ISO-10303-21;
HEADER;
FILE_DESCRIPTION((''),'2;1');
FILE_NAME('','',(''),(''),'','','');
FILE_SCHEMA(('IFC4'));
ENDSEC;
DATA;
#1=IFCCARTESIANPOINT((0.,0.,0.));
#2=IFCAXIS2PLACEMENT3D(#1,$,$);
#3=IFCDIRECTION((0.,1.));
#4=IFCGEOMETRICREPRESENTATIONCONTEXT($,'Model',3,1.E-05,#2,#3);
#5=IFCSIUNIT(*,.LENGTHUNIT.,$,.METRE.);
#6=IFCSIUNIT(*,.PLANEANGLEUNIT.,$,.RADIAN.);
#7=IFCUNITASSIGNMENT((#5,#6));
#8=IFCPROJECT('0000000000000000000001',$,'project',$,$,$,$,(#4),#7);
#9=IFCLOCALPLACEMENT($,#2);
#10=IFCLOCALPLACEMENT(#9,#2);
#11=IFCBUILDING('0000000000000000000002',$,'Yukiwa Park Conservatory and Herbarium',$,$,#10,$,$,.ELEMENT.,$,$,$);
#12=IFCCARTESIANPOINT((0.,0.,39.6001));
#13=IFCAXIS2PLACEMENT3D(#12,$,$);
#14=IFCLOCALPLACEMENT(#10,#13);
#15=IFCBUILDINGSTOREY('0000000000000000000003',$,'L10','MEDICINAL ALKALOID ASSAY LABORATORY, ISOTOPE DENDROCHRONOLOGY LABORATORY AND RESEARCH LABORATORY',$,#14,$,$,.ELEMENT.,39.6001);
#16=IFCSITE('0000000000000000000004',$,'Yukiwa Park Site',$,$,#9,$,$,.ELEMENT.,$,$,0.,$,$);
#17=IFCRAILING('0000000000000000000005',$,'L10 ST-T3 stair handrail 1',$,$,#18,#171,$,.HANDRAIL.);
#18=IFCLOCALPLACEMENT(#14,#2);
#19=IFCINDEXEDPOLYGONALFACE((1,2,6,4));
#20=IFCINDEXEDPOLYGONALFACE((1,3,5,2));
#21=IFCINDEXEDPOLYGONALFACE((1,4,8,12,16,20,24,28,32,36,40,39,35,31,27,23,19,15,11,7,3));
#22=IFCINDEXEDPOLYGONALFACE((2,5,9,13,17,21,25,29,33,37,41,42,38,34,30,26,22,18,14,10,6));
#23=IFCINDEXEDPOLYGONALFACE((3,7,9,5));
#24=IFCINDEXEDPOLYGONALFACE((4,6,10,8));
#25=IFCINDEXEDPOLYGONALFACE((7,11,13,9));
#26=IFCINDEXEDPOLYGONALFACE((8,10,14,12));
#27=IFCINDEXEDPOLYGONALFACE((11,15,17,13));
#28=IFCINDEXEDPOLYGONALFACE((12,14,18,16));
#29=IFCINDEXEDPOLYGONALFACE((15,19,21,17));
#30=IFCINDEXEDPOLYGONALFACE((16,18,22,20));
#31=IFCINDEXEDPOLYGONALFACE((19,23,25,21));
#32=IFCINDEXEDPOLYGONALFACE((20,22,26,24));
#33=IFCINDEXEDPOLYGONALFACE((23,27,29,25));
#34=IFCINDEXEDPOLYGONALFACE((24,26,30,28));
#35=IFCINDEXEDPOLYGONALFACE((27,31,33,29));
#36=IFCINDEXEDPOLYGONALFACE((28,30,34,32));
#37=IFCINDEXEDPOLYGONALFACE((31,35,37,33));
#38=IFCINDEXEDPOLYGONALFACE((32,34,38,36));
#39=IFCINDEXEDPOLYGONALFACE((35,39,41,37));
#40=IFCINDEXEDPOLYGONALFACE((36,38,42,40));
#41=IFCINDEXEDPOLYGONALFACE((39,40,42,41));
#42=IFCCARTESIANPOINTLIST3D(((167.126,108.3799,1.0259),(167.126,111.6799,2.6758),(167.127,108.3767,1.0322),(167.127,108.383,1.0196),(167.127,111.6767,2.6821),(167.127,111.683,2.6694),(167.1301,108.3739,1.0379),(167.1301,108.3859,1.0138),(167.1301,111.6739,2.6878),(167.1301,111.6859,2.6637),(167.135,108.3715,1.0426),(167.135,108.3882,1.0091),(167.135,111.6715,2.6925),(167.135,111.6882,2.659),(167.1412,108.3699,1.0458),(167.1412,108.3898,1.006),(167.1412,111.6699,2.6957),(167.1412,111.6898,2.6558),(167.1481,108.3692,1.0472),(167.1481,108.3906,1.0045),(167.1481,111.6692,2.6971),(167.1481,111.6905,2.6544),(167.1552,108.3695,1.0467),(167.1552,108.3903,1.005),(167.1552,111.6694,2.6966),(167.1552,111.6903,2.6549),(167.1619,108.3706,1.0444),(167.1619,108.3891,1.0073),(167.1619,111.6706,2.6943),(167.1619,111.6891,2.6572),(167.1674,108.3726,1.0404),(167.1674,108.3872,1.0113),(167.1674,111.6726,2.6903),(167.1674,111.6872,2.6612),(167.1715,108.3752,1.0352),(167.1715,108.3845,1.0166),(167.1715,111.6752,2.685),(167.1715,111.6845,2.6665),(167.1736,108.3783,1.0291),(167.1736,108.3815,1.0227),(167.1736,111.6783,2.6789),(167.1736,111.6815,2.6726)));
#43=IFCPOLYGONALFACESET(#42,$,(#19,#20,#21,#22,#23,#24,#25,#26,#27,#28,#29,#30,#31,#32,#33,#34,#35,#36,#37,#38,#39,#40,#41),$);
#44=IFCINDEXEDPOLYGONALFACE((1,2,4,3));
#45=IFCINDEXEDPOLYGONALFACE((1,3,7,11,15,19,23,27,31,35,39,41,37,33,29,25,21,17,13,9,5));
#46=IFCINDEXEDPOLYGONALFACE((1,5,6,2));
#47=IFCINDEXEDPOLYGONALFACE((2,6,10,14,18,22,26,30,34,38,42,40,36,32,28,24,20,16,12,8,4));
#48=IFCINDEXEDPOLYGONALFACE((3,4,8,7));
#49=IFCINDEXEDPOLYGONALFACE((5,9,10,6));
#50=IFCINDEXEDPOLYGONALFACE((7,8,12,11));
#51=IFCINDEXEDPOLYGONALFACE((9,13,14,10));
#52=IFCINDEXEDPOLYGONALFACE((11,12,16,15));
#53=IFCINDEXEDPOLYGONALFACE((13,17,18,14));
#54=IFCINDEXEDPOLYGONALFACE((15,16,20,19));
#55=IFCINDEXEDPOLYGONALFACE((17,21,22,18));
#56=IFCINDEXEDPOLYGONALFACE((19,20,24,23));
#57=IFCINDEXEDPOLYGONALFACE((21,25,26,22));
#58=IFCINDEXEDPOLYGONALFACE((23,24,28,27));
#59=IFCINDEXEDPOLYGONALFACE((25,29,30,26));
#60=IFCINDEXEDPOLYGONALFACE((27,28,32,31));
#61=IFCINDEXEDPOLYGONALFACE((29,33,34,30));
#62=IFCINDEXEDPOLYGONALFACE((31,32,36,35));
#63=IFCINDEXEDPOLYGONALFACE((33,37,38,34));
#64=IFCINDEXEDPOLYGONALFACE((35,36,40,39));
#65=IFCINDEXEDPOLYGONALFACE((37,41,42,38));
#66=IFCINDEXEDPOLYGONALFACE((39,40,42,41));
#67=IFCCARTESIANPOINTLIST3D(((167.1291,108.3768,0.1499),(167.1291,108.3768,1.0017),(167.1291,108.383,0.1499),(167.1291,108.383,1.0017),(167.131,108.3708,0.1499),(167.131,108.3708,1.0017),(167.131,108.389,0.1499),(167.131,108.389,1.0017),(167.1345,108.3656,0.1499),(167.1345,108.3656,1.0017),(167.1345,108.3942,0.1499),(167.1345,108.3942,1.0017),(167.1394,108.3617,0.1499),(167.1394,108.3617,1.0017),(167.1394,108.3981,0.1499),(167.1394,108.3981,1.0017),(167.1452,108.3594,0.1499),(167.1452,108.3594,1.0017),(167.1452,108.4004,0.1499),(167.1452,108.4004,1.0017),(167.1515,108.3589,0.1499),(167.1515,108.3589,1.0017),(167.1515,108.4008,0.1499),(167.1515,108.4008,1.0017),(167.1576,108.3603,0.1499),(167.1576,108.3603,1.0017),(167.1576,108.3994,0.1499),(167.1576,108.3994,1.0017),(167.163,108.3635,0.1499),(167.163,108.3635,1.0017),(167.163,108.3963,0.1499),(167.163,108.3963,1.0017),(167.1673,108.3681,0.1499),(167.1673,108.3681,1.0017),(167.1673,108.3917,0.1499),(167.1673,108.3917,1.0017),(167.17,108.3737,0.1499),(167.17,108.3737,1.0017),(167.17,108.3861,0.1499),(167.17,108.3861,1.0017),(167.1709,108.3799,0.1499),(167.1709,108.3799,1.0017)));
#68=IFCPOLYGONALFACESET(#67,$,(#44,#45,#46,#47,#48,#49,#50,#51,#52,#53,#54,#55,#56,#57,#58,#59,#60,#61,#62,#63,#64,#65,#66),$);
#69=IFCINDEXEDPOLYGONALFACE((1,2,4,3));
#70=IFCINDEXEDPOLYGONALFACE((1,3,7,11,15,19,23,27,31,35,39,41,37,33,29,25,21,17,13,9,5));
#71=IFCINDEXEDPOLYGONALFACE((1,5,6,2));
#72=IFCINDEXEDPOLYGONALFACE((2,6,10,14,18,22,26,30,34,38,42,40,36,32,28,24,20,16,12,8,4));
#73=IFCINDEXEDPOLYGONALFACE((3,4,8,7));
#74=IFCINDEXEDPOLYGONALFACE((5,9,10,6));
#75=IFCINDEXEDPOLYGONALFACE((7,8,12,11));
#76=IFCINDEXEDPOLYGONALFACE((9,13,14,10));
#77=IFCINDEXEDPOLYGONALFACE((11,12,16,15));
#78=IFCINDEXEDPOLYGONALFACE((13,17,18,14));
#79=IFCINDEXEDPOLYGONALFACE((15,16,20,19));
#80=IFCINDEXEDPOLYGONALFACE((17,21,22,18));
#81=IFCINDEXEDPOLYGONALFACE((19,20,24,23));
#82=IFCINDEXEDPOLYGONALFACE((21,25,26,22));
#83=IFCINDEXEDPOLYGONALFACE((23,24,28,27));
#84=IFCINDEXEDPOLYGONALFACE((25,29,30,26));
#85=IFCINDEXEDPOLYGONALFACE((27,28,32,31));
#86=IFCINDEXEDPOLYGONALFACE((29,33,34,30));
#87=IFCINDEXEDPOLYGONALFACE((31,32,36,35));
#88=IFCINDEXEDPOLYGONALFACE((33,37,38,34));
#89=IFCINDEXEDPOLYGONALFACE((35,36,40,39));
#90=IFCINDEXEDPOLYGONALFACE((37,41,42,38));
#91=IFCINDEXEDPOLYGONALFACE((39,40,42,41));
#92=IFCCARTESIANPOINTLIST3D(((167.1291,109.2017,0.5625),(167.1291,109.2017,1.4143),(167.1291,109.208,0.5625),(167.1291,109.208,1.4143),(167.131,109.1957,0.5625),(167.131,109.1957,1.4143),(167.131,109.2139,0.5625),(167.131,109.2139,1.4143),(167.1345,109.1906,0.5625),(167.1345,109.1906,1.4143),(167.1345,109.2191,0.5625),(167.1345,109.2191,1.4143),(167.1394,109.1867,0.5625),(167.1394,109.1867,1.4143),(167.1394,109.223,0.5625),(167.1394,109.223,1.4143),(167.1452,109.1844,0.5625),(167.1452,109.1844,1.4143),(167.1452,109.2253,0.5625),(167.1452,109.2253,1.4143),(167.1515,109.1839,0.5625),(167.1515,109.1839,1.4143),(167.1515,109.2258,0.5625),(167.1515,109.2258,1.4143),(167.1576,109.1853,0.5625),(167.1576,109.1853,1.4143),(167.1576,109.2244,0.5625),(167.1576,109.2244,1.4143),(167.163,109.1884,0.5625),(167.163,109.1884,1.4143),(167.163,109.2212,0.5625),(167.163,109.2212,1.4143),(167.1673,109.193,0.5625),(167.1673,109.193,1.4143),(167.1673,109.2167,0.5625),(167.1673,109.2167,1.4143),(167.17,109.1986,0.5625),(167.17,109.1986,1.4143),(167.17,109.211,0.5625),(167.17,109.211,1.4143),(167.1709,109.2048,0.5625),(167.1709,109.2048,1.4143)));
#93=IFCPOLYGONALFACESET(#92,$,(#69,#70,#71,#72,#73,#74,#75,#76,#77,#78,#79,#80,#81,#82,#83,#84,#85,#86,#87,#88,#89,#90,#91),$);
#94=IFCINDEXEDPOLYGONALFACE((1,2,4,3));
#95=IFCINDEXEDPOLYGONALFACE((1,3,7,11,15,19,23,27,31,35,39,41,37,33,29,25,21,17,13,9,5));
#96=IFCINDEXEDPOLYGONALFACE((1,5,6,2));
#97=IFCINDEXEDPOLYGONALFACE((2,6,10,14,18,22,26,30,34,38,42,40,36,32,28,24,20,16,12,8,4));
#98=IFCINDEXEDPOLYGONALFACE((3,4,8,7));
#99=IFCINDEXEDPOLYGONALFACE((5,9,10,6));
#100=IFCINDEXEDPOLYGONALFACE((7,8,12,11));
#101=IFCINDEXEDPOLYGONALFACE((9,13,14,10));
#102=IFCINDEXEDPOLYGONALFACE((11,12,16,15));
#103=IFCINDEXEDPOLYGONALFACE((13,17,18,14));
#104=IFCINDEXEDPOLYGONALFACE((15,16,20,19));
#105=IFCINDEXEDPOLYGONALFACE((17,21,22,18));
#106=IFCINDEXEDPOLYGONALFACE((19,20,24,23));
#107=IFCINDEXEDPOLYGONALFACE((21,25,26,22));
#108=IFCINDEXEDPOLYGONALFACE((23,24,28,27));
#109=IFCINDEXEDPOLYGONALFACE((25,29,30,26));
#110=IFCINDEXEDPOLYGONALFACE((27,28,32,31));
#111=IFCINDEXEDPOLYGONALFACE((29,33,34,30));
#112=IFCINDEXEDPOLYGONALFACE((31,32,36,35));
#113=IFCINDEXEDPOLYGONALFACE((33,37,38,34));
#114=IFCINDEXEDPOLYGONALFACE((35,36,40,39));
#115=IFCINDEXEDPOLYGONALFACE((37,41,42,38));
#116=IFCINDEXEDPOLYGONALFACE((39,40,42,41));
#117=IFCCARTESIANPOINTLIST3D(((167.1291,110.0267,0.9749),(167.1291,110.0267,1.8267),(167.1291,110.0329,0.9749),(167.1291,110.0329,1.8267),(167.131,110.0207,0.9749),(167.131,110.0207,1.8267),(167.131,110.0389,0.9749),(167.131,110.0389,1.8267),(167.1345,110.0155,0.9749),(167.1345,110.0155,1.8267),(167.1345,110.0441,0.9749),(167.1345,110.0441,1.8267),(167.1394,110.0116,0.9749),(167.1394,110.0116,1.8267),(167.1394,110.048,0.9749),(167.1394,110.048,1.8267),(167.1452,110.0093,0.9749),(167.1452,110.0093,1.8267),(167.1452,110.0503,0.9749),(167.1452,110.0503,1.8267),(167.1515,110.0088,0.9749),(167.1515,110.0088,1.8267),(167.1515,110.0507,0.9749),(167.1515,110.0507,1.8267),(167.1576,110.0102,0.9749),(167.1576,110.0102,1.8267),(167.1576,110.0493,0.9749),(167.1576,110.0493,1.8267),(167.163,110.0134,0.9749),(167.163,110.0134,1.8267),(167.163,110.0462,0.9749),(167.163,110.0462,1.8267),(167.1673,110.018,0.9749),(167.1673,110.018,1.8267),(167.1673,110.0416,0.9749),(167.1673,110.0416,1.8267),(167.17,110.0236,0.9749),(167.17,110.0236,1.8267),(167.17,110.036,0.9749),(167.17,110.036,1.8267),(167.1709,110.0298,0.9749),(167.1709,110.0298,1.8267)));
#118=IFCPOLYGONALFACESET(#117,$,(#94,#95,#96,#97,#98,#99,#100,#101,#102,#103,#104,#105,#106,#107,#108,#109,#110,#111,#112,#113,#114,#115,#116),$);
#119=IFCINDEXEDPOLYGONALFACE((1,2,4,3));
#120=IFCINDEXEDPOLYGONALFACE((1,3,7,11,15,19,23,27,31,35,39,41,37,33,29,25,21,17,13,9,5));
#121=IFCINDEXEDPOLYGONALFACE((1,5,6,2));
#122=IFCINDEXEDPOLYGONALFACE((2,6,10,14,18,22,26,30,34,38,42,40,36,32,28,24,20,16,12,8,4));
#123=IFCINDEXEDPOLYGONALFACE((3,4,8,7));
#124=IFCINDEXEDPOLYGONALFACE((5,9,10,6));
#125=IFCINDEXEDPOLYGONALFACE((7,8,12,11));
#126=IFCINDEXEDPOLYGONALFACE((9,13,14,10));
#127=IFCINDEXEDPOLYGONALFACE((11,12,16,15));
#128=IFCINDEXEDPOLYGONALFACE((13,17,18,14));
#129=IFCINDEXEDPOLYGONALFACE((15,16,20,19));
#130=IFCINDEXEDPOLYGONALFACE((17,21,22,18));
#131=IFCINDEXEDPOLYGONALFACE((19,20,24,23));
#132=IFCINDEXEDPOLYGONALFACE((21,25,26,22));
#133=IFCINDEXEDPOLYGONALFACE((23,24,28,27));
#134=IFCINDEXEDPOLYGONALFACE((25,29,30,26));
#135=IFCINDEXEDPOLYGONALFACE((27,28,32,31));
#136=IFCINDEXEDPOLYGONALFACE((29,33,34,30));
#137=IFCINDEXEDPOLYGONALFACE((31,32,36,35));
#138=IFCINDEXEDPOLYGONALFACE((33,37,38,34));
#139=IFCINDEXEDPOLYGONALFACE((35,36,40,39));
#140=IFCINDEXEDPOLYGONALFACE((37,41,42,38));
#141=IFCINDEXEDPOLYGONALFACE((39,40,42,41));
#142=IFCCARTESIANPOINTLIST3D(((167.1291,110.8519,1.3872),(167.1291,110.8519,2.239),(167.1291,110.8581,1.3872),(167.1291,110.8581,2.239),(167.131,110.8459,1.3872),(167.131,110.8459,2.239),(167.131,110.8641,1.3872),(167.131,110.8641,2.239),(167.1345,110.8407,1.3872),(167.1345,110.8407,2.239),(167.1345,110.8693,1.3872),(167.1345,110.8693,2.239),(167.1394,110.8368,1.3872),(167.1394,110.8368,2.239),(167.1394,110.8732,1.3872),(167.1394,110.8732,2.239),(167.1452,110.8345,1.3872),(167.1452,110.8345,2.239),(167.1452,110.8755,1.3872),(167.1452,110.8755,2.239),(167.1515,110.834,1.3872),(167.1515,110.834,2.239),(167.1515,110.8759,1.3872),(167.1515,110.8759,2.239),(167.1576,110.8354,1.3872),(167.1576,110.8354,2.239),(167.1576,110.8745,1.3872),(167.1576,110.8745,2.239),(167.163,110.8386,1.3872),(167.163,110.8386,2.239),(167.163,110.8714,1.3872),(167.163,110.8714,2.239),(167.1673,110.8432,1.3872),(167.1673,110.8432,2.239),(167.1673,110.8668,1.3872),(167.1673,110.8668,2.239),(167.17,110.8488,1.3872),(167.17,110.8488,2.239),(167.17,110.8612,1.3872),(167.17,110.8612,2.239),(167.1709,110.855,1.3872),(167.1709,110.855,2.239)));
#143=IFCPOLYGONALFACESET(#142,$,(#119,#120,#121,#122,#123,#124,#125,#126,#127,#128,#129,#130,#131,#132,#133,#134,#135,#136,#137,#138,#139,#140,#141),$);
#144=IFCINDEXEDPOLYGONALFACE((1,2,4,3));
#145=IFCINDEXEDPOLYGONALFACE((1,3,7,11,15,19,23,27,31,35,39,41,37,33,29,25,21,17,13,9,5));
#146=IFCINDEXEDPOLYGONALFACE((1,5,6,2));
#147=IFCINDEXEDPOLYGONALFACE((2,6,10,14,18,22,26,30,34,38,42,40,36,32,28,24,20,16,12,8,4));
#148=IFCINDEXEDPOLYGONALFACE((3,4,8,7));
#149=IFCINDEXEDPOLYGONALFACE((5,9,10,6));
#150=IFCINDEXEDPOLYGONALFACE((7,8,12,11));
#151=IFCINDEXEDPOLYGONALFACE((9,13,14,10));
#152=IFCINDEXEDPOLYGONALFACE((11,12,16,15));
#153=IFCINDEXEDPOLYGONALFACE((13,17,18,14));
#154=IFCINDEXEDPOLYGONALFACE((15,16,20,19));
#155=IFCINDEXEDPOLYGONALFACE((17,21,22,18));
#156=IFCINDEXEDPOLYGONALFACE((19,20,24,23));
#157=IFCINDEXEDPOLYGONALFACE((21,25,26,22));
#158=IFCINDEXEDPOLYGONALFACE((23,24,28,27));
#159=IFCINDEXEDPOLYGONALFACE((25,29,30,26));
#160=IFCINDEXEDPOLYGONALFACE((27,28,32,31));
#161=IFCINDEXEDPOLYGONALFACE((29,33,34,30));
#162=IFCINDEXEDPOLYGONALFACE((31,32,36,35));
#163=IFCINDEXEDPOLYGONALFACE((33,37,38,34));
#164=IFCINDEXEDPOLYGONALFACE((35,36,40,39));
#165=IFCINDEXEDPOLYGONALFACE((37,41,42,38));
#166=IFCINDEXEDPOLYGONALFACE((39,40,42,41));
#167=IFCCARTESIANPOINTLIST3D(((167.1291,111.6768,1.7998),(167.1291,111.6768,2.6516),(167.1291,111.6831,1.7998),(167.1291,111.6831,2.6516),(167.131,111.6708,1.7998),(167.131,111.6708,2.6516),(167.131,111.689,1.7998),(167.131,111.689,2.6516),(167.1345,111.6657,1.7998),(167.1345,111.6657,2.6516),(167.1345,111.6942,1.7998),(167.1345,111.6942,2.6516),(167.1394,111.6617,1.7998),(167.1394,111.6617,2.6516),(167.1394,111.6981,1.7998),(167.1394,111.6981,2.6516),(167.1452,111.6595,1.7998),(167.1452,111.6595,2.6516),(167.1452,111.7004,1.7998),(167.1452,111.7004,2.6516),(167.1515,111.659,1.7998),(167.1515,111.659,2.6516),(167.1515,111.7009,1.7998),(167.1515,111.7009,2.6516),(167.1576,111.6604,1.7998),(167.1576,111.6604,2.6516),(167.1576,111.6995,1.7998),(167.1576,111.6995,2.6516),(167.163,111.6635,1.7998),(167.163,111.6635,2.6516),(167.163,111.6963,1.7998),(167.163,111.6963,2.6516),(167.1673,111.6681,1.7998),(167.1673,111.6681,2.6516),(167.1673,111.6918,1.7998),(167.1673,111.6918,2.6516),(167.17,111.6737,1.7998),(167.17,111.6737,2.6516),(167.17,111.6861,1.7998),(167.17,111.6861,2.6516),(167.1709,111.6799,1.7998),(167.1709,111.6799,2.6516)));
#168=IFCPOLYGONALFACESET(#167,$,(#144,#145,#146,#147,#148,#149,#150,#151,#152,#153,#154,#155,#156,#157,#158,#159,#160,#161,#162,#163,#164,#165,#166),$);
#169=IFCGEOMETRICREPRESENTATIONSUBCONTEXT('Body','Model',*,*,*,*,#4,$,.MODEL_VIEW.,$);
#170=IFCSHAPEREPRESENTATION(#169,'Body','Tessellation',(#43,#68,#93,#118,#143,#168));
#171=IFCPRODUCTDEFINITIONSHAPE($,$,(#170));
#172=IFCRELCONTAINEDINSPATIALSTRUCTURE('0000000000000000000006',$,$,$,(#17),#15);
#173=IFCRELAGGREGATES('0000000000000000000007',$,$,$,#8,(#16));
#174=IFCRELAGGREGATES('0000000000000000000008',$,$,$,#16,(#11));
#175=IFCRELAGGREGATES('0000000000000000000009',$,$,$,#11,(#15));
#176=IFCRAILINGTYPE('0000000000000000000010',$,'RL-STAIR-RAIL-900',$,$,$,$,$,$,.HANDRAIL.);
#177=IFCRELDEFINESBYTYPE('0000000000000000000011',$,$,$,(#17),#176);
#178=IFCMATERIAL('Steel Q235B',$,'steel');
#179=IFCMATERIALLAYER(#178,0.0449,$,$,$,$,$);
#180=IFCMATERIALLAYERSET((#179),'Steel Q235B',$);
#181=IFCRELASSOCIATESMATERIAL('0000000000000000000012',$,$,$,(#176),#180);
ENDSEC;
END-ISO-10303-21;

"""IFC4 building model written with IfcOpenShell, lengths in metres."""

from ifc_helpers import new_model, si_unit, direction, frame, origin, origin_2d, place, context, subcontext, project, spatial, circle, extrude, material, layer, layer_set, type_object, element, save


model = new_model("IFC4")

# Units and contexts
model_context = context("Model", 3, precision=1e-05, world=origin(), true_north=direction((0.0, 1.0)))
body_context = subcontext(model_context, "Body", "Model", "MODEL_VIEW")
ifc_project = project(units=[si_unit("LENGTHUNIT", "METRE"), si_unit("PLANEANGLEUNIT", "RADIAN")], contexts=[model_context])

# Site, building, storey
site_placement = place(None, origin())
site = spatial("IfcSite", under=ifc_project, at=site_placement, Name="Yukiwa Park Site", CompositionType="ELEMENT", RefElevation=0.0)
building_placement = place(site_placement, origin())
building = spatial("IfcBuilding", under=site, at=building_placement, Name="Yukiwa Park Conservatory and Herbarium", CompositionType="ELEMENT")
storey_placement = place(building_placement, frame((0.0, 0.0, 39.6001)))
storey = spatial("IfcBuildingStorey", under=building, at=storey_placement, Name="L10", Description="MEDICINAL ALKALOID ASSAY LABORATORY, ISOTOPE DENDROCHRONOLOGY LABORATORY AND RESEARCH LABORATORY", CompositionType="ELEMENT", Elevation=39.6001)

# Railing
ifc_material_1 = material(Name="Steel Q235B", Category="steel")
ifc_layer_1 = layer(ifc_material_1, 0.0449)
ifc_layer_set_1 = layer_set([ifc_layer_1], Name="Steel Q235B")
railing_type_1 = type_object("IfcRailingType", Name="RL-STAIR-RAIL-900", PredefinedType="HANDRAIL", material=ifc_layer_set_1)
railing_1_placement = place(storey_placement, frame((167.1499, 108.3799, 0.1499)))
element("IfcRailing", 1, at=railing_1_placement, inside=storey, type_object=railing_type_1, Name="L10 ST-T3 stair handrail 1", PredefinedType="HANDRAIL", context=body_context, shape_type="SweptSolid", body=[
    extrude(circle(Radius=0.0239, at=origin_2d()), frame((0.0, 0.0, 0.876), z_axis=(0.0, 0.89444, 0.447187), x_axis=(-1.0, 0.0, 0.0)), (0.0, 0.0, 1.0), 3.6895),
    extrude(circle(Radius=0.021, at=origin_2d()), origin(), (0.0, 0.0, 1.0), 0.8518),
    extrude(circle(Radius=0.021, at=origin_2d()), frame((0.0, 0.825, 0.4126)), (0.0, 0.0, 1.0), 0.8518),
    extrude(circle(Radius=0.021, at=origin_2d()), frame((0.0, 1.6499, 0.825)), (0.0, 0.0, 1.0), 0.8518),
    extrude(circle(Radius=0.021, at=origin_2d()), frame((0.0, 2.4751, 1.2373)), (0.0, 0.0, 1.0), 0.8518),
    extrude(circle(Radius=0.021, at=origin_2d()), frame((0.0, 3.3, 1.6499)), (0.0, 0.0, 1.0), 0.8518),
])

save(model, "model.ifc")
